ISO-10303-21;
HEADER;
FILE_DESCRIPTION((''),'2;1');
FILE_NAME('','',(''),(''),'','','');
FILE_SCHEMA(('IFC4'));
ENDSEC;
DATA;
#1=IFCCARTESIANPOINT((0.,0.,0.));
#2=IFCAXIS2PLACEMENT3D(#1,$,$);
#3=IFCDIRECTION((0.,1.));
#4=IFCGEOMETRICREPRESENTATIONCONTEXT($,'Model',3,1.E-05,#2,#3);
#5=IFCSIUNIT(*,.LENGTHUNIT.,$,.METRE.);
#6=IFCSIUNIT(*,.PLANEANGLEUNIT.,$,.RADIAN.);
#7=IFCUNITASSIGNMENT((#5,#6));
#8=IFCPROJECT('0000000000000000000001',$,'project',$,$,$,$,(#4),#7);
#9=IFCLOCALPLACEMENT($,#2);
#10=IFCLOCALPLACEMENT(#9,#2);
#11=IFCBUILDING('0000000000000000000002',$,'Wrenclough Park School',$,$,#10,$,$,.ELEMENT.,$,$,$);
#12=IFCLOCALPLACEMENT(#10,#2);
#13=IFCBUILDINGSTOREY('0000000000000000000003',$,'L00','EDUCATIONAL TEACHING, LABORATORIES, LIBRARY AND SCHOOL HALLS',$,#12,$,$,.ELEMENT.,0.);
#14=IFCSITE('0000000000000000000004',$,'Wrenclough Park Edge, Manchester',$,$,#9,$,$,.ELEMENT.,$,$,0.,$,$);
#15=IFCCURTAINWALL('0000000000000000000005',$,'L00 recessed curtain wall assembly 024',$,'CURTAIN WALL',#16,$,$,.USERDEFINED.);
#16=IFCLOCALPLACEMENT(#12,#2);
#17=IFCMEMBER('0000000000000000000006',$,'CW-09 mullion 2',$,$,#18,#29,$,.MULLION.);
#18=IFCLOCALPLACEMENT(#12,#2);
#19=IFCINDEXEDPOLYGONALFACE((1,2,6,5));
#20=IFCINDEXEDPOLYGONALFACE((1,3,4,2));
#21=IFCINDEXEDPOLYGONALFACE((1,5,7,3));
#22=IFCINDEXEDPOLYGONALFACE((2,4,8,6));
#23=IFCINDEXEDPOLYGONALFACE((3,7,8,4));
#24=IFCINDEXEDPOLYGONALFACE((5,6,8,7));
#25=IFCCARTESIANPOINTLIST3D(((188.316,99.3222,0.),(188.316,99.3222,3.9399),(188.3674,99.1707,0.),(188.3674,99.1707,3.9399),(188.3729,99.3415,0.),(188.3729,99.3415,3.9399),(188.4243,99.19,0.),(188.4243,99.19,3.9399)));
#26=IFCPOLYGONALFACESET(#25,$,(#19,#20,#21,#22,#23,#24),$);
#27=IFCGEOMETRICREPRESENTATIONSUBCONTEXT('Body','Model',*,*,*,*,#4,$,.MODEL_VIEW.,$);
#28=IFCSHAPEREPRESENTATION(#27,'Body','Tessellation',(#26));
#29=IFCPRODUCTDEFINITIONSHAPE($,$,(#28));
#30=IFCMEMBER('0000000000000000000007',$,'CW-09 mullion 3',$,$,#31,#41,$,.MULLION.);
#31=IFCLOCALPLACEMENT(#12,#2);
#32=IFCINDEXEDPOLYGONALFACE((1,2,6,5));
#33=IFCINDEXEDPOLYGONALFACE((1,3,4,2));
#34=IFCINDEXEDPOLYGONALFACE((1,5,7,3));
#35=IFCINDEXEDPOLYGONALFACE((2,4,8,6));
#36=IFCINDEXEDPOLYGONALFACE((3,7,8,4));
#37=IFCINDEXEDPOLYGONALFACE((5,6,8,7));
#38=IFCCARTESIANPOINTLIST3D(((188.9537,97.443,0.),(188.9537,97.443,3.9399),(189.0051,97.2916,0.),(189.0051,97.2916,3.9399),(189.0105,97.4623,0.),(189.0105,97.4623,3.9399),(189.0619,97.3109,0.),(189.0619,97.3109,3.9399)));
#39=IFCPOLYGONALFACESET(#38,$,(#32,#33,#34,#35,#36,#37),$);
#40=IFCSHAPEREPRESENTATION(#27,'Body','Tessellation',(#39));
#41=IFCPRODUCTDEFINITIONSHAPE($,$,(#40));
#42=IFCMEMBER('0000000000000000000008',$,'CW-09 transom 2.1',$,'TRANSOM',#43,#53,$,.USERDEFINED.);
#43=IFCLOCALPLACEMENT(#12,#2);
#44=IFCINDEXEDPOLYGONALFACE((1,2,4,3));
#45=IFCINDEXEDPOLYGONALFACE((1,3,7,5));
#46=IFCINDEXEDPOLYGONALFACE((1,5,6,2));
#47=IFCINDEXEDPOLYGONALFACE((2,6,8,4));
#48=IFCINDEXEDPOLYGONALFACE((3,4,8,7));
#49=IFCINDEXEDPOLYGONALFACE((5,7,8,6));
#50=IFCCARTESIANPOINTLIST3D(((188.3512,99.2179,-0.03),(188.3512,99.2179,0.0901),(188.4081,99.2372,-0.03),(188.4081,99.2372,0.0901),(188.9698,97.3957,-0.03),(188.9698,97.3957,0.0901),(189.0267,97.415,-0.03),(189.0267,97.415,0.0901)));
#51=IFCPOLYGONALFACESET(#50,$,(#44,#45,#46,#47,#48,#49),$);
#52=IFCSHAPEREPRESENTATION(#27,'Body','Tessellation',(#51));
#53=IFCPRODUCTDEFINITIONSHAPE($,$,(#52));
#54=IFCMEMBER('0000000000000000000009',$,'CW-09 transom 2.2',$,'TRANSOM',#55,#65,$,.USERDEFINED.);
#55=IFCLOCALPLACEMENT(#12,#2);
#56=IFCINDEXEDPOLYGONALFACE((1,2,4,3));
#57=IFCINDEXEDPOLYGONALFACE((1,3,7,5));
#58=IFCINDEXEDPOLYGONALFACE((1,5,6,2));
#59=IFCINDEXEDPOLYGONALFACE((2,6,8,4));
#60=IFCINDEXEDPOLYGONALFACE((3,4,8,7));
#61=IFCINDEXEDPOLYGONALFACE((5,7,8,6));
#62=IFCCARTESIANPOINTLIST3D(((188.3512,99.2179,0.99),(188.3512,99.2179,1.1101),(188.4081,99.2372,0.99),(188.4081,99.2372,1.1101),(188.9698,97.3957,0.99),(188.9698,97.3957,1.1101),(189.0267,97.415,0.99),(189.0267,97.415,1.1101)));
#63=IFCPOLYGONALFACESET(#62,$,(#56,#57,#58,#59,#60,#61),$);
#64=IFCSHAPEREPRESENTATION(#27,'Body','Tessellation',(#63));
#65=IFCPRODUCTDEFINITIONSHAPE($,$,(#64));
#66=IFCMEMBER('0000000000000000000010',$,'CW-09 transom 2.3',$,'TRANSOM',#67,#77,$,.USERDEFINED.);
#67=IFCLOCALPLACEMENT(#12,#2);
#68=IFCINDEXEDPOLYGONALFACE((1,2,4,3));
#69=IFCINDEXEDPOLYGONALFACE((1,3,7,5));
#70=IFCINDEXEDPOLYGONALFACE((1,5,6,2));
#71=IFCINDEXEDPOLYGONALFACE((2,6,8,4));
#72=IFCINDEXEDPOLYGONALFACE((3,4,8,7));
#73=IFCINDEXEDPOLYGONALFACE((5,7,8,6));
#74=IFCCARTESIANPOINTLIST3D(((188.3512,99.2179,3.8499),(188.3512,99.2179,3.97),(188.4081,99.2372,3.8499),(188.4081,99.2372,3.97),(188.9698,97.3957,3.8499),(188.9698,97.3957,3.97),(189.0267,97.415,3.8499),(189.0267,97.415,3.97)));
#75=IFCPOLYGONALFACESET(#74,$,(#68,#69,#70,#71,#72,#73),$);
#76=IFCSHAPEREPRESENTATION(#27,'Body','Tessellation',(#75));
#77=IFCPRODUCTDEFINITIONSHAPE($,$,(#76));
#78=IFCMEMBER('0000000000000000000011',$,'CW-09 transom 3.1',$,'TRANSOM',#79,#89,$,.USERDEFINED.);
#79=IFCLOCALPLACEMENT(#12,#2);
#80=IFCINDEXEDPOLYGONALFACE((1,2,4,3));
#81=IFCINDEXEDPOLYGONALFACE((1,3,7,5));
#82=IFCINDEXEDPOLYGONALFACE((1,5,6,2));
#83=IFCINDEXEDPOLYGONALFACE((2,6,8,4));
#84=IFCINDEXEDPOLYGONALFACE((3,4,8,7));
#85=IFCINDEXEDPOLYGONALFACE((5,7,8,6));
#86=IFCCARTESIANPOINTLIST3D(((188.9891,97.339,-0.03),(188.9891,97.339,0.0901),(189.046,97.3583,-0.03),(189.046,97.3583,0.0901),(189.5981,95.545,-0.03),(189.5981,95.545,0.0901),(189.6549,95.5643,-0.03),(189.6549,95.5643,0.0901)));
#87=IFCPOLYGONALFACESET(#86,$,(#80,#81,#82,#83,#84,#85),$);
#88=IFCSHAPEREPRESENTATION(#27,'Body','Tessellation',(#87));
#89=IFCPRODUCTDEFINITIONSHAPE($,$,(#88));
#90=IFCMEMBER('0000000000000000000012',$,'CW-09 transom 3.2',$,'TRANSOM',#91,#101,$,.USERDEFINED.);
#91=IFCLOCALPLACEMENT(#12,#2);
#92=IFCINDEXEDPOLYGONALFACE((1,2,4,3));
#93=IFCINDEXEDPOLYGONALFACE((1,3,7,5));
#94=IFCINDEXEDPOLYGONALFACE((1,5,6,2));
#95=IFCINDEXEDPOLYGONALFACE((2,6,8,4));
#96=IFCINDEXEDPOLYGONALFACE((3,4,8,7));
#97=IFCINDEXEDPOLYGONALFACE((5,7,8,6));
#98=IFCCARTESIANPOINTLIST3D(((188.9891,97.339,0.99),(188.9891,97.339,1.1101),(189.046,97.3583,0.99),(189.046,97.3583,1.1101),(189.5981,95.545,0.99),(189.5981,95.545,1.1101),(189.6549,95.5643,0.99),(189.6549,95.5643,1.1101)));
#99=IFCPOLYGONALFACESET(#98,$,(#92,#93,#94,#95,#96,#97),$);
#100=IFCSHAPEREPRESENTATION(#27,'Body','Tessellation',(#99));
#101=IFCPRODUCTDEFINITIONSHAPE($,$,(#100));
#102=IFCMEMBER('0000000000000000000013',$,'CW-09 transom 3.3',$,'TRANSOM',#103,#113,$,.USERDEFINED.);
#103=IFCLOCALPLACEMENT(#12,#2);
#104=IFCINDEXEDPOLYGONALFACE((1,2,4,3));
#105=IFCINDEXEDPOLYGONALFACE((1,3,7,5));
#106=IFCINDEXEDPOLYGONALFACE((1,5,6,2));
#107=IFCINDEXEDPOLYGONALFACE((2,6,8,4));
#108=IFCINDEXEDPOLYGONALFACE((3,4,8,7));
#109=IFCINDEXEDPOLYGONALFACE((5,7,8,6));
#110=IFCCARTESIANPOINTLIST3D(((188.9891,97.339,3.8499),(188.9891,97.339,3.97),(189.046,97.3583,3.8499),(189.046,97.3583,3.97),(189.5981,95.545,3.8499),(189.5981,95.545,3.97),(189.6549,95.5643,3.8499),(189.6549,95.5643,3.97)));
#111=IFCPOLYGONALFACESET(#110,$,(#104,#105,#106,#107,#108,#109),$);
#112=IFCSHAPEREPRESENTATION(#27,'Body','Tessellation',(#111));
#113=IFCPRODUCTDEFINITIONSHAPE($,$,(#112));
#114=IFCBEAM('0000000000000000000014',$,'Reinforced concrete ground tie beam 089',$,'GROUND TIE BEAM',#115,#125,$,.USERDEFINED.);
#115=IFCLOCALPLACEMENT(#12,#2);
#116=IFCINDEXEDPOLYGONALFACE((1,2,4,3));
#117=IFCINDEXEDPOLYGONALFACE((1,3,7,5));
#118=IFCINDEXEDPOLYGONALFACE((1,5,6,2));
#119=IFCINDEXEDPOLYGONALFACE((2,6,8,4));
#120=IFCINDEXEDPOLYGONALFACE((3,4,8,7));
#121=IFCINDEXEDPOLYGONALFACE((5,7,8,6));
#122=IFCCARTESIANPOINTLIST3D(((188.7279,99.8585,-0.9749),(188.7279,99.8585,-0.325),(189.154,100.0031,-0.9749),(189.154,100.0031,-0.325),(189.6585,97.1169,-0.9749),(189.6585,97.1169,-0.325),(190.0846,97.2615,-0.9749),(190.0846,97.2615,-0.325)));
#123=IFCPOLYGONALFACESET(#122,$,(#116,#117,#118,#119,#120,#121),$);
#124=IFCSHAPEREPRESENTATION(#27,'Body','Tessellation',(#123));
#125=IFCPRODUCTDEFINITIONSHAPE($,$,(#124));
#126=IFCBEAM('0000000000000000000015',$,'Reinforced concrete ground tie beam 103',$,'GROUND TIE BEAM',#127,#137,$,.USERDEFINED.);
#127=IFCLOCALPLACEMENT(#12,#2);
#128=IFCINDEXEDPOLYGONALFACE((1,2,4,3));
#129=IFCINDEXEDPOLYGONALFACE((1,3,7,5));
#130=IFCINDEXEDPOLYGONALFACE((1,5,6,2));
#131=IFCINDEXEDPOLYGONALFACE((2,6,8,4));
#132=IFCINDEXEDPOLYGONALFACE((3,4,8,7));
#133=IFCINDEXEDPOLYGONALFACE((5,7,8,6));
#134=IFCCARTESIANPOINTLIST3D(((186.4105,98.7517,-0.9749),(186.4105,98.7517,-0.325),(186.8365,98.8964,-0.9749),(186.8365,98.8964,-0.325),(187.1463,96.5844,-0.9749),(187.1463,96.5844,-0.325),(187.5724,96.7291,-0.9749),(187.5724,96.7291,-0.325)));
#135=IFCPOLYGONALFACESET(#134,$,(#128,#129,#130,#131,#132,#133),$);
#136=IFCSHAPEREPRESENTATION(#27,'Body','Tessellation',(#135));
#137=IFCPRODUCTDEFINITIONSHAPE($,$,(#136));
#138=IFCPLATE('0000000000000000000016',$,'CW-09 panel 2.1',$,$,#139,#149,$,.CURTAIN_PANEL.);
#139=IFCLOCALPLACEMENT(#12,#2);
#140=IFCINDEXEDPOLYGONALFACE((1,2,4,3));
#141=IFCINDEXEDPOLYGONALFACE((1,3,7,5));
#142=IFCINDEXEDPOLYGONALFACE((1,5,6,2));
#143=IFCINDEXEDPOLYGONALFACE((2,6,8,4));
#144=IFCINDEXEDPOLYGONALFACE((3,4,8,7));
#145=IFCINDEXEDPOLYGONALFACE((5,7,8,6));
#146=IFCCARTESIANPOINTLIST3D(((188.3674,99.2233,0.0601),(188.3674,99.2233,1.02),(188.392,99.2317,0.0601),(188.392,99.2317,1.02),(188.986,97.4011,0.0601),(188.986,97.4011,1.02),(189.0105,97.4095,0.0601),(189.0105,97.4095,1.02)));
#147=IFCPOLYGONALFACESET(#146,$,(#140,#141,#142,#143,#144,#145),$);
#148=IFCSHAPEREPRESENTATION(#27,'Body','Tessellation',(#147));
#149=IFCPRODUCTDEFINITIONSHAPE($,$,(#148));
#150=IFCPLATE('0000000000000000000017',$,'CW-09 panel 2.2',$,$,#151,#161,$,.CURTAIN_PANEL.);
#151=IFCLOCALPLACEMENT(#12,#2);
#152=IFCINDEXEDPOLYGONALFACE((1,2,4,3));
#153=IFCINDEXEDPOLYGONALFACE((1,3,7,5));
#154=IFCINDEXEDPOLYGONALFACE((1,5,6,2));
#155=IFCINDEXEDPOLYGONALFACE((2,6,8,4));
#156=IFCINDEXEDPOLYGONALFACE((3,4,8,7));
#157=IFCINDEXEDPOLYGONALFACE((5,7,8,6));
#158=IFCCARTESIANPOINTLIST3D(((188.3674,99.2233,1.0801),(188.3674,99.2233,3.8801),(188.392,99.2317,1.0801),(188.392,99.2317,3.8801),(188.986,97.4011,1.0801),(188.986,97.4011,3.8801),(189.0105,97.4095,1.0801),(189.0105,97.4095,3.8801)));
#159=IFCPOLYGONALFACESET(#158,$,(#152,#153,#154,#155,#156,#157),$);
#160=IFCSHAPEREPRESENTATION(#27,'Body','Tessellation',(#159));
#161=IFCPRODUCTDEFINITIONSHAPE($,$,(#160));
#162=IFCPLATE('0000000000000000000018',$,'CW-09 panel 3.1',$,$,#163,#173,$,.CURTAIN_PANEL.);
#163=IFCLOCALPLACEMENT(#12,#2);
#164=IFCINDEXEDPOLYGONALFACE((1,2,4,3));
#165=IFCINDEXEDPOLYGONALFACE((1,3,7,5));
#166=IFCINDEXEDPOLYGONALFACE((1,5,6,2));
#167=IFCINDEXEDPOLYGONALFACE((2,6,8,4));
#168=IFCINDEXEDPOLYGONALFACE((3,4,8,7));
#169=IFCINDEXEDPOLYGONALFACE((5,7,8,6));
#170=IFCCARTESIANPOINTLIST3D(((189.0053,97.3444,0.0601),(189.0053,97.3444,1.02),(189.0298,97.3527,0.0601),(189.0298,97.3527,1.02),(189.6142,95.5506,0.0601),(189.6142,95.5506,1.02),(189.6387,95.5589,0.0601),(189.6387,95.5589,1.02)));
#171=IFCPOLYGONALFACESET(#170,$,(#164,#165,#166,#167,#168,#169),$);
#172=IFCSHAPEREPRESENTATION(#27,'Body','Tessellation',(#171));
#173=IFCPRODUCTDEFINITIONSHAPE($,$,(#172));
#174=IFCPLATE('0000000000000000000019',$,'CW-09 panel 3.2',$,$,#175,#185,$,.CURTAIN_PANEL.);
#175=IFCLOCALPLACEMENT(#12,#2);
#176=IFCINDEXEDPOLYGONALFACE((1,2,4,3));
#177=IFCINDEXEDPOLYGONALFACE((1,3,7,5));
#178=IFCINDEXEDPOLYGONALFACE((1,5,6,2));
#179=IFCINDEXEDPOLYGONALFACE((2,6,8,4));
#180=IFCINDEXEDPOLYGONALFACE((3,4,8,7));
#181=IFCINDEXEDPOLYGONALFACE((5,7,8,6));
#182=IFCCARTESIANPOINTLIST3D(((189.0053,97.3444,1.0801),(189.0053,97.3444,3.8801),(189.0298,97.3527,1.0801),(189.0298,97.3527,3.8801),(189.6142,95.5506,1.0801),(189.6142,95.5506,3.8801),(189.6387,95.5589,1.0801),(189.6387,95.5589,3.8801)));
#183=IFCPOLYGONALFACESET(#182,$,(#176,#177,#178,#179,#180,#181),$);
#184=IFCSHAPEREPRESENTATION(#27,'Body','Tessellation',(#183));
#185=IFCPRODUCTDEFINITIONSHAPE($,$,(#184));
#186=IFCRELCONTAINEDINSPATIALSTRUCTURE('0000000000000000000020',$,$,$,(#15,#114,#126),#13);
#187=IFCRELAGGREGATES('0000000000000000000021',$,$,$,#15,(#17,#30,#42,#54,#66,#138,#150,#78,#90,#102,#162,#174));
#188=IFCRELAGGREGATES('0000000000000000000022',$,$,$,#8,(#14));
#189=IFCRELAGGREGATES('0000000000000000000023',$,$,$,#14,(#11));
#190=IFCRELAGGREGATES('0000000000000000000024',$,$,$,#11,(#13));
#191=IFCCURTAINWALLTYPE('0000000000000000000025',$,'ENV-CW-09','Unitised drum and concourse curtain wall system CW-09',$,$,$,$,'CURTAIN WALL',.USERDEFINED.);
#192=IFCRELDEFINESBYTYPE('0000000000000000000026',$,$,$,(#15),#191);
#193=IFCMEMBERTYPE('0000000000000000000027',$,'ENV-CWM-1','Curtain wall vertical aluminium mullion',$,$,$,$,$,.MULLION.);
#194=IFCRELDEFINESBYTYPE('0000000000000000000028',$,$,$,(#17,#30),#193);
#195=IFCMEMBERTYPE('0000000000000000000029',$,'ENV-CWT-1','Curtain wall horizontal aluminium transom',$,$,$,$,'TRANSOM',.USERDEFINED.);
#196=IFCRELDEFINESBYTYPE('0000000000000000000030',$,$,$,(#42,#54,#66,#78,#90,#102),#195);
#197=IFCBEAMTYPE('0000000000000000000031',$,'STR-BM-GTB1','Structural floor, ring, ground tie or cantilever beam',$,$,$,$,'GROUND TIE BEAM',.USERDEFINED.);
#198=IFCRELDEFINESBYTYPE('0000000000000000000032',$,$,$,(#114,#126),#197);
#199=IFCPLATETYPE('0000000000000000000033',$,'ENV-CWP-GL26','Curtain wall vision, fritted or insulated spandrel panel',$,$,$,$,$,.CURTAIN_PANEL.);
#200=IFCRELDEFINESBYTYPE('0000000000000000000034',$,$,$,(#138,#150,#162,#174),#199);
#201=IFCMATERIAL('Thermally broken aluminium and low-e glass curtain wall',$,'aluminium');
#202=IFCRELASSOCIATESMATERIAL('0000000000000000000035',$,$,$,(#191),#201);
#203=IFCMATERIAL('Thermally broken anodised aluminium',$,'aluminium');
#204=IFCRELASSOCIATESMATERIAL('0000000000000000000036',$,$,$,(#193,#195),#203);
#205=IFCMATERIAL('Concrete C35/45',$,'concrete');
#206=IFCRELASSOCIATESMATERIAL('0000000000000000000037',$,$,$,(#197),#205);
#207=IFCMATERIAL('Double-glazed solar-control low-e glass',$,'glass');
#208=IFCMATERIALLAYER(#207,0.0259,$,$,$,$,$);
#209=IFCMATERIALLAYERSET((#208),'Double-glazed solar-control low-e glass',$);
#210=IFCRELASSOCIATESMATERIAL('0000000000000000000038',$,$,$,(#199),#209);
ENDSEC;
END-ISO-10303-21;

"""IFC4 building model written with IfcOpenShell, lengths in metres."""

from ifc_helpers import new_model, si_unit, direction, frame, origin, origin_2d, place, context, subcontext, project, spatial, rectangle, extrude, material, layer, layer_set, material_profile, profile_set, type_object, element, aggregate, save


model = new_model("IFC4")

# Units and contexts
model_context = context("Model", 3, precision=1e-05, world=origin(), true_north=direction((0.0, 1.0)))
body_context = subcontext(model_context, "Body", "Model", "MODEL_VIEW")
ifc_project = project(units=[si_unit("LENGTHUNIT", "METRE"), si_unit("PLANEANGLEUNIT", "RADIAN")], contexts=[model_context])

# Site, building, storey
site_placement = place(None, origin())
site = spatial("IfcSite", under=ifc_project, at=site_placement, Name="Wrenclough Park Edge, Manchester", CompositionType="ELEMENT", RefElevation=0.0)
building_placement = place(site_placement, origin())
building = spatial("IfcBuilding", under=site, at=building_placement, Name="Wrenclough Park School", CompositionType="ELEMENT")
storey_placement = place(building_placement, origin())
storey = spatial("IfcBuildingStorey", under=building, at=storey_placement, Name="L00", Description="EDUCATIONAL TEACHING, LABORATORIES, LIBRARY AND SCHOOL HALLS", CompositionType="ELEMENT", Elevation=0.0)

# Shared definitions
ifc_material_1 = material(Name="Concrete C35/45", Category="concrete")

# Curtain wall, members
ifc_material_2 = material(Name="Thermally broken aluminium and low-e glass curtain wall", Category="aluminium")
curtain_wall_type = type_object("IfcCurtainWallType", Name="ENV-CW-09", Description="Unitised drum and concourse curtain wall system CW-09", ElementType="CURTAIN WALL", PredefinedType="USERDEFINED", material=ifc_material_2)
curtain_wall_placement = place(storey_placement, origin())
curtain_wall = element("IfcCurtainWall", 1, at=curtain_wall_placement, inside=storey, type_object=curtain_wall_type, Name="L00 recessed curtain wall assembly 024", ObjectType="CURTAIN WALL", PredefinedType="USERDEFINED")
ifc_material_3 = material(Name="Thermally broken anodised aluminium", Category="aluminium")
ifc_material_profile_1 = material_profile(ifc_material_3, rectangle(XDim=0.0601, YDim=0.1599, at=origin_2d()), Name="AL MULLION 60x160")
ifc_profile_set_1 = profile_set([ifc_material_profile_1], Name="Thermally broken anodised aluminium")
member_type_1 = type_object("IfcMemberType", Name="ENV-CWM-1", Description="Curtain wall vertical aluminium mullion", PredefinedType="MULLION", material=ifc_profile_set_1)
member_1_placement = place(storey_placement, frame((188.3701, 99.2561, 0.0), z_axis=(0.0, 0.0, 1.0), x_axis=(0.946934, 0.321429, 0.0)))
member_1 = element("IfcMember", 2, at=member_1_placement, type_object=member_type_1, Name="CW-09 mullion 2", PredefinedType="MULLION", context=body_context, shape_type="SweptSolid", body=[
    extrude(rectangle(XDim=0.0601, YDim=0.1599, at=origin_2d()), origin(), (0.0, 0.0, 1.0), 3.9399),
])
member_2_placement = place(storey_placement, frame((189.0078, 97.377, 0.0), z_axis=(0.0, 0.0, 1.0), x_axis=(0.946934, 0.321429, 0.0)))
member_2 = element("IfcMember", 3, at=member_2_placement, type_object=member_type_1, Name="CW-09 mullion 3", PredefinedType="MULLION", context=body_context, shape_type="SweptSolid", body=[
    extrude(rectangle(XDim=0.0601, YDim=0.1599, at=origin_2d()), origin(), (0.0, 0.0, 1.0), 3.9399),
])
ifc_material_profile_2 = material_profile(ifc_material_3, rectangle(XDim=0.0601, YDim=0.1201, at=origin_2d()), Name="AL TRANSOM 60x120")
ifc_profile_set_2 = profile_set([ifc_material_profile_2], Name="Thermally broken anodised aluminium")
member_type_2 = type_object("IfcMemberType", Name="ENV-CWT-1", Description="Curtain wall horizontal aluminium transom", ElementType="TRANSOM", PredefinedType="USERDEFINED", material=ifc_profile_set_2)
member_3_placement = place(storey_placement, frame((188.3796, 99.2275, 0.03), z_axis=(0.321475, -0.946918, 0.0), x_axis=(0.946918, 0.321475, 0.0)))
member_3 = element("IfcMember", 4, at=member_3_placement, type_object=member_type_2, Name="CW-09 transom 2.1", ObjectType="TRANSOM", PredefinedType="USERDEFINED", context=body_context, shape_type="SweptSolid", body=[
    extrude(rectangle(XDim=0.0601, YDim=0.1201, at=origin_2d()), origin(), (0.0, 0.0, 1.0), 1.9243),
])
member_4_placement = place(storey_placement, frame((188.3796, 99.2275, 1.05), z_axis=(0.321475, -0.946918, 0.0), x_axis=(0.946918, 0.321475, 0.0)))
member_4 = element("IfcMember", 5, at=member_4_placement, type_object=member_type_2, Name="CW-09 transom 2.2", ObjectType="TRANSOM", PredefinedType="USERDEFINED", context=body_context, shape_type="SweptSolid", body=[
    extrude(rectangle(XDim=0.0601, YDim=0.1201, at=origin_2d()), origin(), (0.0, 0.0, 1.0), 1.9243),
])
member_5_placement = place(storey_placement, frame((188.3796, 99.2275, 3.9099), z_axis=(0.321475, -0.946918, 0.0), x_axis=(0.946918, 0.321475, 0.0)))
member_5 = element("IfcMember", 6, at=member_5_placement, type_object=member_type_2, Name="CW-09 transom 2.3", ObjectType="TRANSOM", PredefinedType="USERDEFINED", context=body_context, shape_type="SweptSolid", body=[
    extrude(rectangle(XDim=0.0601, YDim=0.1201, at=origin_2d()), origin(), (0.0, 0.0, 1.0), 1.9243),
])
member_6_placement = place(storey_placement, frame((189.0176, 97.3486, 0.03), z_axis=(0.321404, -0.946942, 0.0), x_axis=(0.946942, 0.321404, 0.0)))
member_6 = element("IfcMember", 7, at=member_6_placement, type_object=member_type_2, Name="CW-09 transom 3.1", ObjectType="TRANSOM", PredefinedType="USERDEFINED", context=body_context, shape_type="SweptSolid", body=[
    extrude(rectangle(XDim=0.0601, YDim=0.1201, at=origin_2d()), origin(), (0.0, 0.0, 1.0), 1.8945),
])
member_7_placement = place(storey_placement, frame((189.0176, 97.3486, 1.05), z_axis=(0.321404, -0.946942, 0.0), x_axis=(0.946942, 0.321404, 0.0)))
member_7 = element("IfcMember", 8, at=member_7_placement, type_object=member_type_2, Name="CW-09 transom 3.2", ObjectType="TRANSOM", PredefinedType="USERDEFINED", context=body_context, shape_type="SweptSolid", body=[
    extrude(rectangle(XDim=0.0601, YDim=0.1201, at=origin_2d()), origin(), (0.0, 0.0, 1.0), 1.8945),
])
member_8_placement = place(storey_placement, frame((189.0176, 97.3486, 3.9099), z_axis=(0.321404, -0.946942, 0.0), x_axis=(0.946942, 0.321404, 0.0)))
member_8 = element("IfcMember", 9, at=member_8_placement, type_object=member_type_2, Name="CW-09 transom 3.3", ObjectType="TRANSOM", PredefinedType="USERDEFINED", context=body_context, shape_type="SweptSolid", body=[
    extrude(rectangle(XDim=0.0601, YDim=0.1201, at=origin_2d()), origin(), (0.0, 0.0, 1.0), 1.8945),
])

# Beams
ifc_material_profile_3 = material_profile(ifc_material_1, rectangle(XDim=0.45, YDim=0.6499, at=origin_2d()), Name="RC GROUND 450x650")
ifc_profile_set_3 = profile_set([ifc_material_profile_3], Name="Concrete C35/45")
beam_type = type_object("IfcBeamType", Name="STR-BM-GTB1", Description="Structural floor, ring, ground tie or cantilever beam", ElementType="GROUND TIE BEAM", PredefinedType="USERDEFINED", material=ifc_profile_set_3)
beam_1_placement = place(storey_placement, frame((189.8716, 97.1892, -0.6499), z_axis=(-0.321434, 0.946932, 0.0), x_axis=(-0.946932, -0.321434, 0.0)))
element("IfcBeam", 10, at=beam_1_placement, inside=storey, type_object=beam_type, Name="Reinforced concrete ground tie beam 089", ObjectType="GROUND TIE BEAM", PredefinedType="USERDEFINED", context=body_context, shape_type="SweptSolid", body=[
    extrude(rectangle(XDim=0.45, YDim=0.6499, at=origin_2d()), origin(), (0.0, 0.0, 1.0), 2.8953),
])
beam_2_placement = place(storey_placement, frame((187.3594, 96.6567, -0.6499), z_axis=(-0.321503, 0.946909, 0.0), x_axis=(-0.946909, -0.321503, 0.0)))
element("IfcBeam", 11, at=beam_2_placement, inside=storey, type_object=beam_type, Name="Reinforced concrete ground tie beam 103", ObjectType="GROUND TIE BEAM", PredefinedType="USERDEFINED", context=body_context, shape_type="SweptSolid", body=[
    extrude(rectangle(XDim=0.45, YDim=0.6499, at=origin_2d()), origin(), (0.0, 0.0, 1.0), 2.2888),
])

# Plates
ifc_material_4 = material(Name="Double-glazed solar-control low-e glass", Category="glass")
ifc_layer_1 = layer(ifc_material_4, 0.0259)
ifc_layer_set_1 = layer_set([ifc_layer_1], Name="Double-glazed solar-control low-e glass")
plate_type_1 = type_object("IfcPlateType", Name="ENV-CWP-GL26", Description="Curtain wall vision, fritted or insulated spandrel panel", PredefinedType="CURTAIN_PANEL", material=ifc_layer_set_1)
plate_1_placement = place(storey_placement, frame((188.689, 98.3164, 0.0601), z_axis=(0.0, 0.0, 1.0), x_axis=(0.321429, -0.946934, 0.0)))
plate_1 = element("IfcPlate", 12, at=plate_1_placement, type_object=plate_type_1, Name="CW-09 panel 2.1", PredefinedType="CURTAIN_PANEL", context=body_context, shape_type="SweptSolid", body=[
    extrude(rectangle(XDim=1.9243, YDim=0.0259, at=origin_2d()), origin(), (0.0, 0.0, 1.0), 0.96),
])
plate_2_placement = place(storey_placement, frame((188.689, 98.3164, 1.0801), z_axis=(0.0, 0.0, 1.0), x_axis=(0.321429, -0.946934, 0.0)))
plate_2 = element("IfcPlate", 13, at=plate_2_placement, type_object=plate_type_1, Name="CW-09 panel 2.2", PredefinedType="CURTAIN_PANEL", context=body_context, shape_type="SweptSolid", body=[
    extrude(rectangle(XDim=1.9243, YDim=0.0259, at=origin_2d()), origin(), (0.0, 0.0, 1.0), 2.8),
])
plate_3_placement = place(storey_placement, frame((189.322, 96.4517, 0.0601), z_axis=(0.0, 0.0, 1.0), x_axis=(0.321429, -0.946934, 0.0)))
plate_3 = element("IfcPlate", 14, at=plate_3_placement, type_object=plate_type_1, Name="CW-09 panel 3.1", PredefinedType="CURTAIN_PANEL", context=body_context, shape_type="SweptSolid", body=[
    extrude(rectangle(XDim=1.8943, YDim=0.0259, at=origin_2d()), origin(), (0.0, 0.0, 1.0), 0.96),
])
plate_4_placement = place(storey_placement, frame((189.322, 96.4517, 1.0801), z_axis=(0.0, 0.0, 1.0), x_axis=(0.321429, -0.946934, 0.0)))
plate_4 = element("IfcPlate", 15, at=plate_4_placement, type_object=plate_type_1, Name="CW-09 panel 3.2", PredefinedType="CURTAIN_PANEL", context=body_context, shape_type="SweptSolid", body=[
    extrude(rectangle(XDim=1.8943, YDim=0.0259, at=origin_2d()), origin(), (0.0, 0.0, 1.0), 2.8),
])
aggregate(curtain_wall, [member_1, member_2, member_3, member_4, member_5, plate_1, plate_2, member_6, member_7, member_8, plate_3, plate_4])

save(model, "model.ifc")
